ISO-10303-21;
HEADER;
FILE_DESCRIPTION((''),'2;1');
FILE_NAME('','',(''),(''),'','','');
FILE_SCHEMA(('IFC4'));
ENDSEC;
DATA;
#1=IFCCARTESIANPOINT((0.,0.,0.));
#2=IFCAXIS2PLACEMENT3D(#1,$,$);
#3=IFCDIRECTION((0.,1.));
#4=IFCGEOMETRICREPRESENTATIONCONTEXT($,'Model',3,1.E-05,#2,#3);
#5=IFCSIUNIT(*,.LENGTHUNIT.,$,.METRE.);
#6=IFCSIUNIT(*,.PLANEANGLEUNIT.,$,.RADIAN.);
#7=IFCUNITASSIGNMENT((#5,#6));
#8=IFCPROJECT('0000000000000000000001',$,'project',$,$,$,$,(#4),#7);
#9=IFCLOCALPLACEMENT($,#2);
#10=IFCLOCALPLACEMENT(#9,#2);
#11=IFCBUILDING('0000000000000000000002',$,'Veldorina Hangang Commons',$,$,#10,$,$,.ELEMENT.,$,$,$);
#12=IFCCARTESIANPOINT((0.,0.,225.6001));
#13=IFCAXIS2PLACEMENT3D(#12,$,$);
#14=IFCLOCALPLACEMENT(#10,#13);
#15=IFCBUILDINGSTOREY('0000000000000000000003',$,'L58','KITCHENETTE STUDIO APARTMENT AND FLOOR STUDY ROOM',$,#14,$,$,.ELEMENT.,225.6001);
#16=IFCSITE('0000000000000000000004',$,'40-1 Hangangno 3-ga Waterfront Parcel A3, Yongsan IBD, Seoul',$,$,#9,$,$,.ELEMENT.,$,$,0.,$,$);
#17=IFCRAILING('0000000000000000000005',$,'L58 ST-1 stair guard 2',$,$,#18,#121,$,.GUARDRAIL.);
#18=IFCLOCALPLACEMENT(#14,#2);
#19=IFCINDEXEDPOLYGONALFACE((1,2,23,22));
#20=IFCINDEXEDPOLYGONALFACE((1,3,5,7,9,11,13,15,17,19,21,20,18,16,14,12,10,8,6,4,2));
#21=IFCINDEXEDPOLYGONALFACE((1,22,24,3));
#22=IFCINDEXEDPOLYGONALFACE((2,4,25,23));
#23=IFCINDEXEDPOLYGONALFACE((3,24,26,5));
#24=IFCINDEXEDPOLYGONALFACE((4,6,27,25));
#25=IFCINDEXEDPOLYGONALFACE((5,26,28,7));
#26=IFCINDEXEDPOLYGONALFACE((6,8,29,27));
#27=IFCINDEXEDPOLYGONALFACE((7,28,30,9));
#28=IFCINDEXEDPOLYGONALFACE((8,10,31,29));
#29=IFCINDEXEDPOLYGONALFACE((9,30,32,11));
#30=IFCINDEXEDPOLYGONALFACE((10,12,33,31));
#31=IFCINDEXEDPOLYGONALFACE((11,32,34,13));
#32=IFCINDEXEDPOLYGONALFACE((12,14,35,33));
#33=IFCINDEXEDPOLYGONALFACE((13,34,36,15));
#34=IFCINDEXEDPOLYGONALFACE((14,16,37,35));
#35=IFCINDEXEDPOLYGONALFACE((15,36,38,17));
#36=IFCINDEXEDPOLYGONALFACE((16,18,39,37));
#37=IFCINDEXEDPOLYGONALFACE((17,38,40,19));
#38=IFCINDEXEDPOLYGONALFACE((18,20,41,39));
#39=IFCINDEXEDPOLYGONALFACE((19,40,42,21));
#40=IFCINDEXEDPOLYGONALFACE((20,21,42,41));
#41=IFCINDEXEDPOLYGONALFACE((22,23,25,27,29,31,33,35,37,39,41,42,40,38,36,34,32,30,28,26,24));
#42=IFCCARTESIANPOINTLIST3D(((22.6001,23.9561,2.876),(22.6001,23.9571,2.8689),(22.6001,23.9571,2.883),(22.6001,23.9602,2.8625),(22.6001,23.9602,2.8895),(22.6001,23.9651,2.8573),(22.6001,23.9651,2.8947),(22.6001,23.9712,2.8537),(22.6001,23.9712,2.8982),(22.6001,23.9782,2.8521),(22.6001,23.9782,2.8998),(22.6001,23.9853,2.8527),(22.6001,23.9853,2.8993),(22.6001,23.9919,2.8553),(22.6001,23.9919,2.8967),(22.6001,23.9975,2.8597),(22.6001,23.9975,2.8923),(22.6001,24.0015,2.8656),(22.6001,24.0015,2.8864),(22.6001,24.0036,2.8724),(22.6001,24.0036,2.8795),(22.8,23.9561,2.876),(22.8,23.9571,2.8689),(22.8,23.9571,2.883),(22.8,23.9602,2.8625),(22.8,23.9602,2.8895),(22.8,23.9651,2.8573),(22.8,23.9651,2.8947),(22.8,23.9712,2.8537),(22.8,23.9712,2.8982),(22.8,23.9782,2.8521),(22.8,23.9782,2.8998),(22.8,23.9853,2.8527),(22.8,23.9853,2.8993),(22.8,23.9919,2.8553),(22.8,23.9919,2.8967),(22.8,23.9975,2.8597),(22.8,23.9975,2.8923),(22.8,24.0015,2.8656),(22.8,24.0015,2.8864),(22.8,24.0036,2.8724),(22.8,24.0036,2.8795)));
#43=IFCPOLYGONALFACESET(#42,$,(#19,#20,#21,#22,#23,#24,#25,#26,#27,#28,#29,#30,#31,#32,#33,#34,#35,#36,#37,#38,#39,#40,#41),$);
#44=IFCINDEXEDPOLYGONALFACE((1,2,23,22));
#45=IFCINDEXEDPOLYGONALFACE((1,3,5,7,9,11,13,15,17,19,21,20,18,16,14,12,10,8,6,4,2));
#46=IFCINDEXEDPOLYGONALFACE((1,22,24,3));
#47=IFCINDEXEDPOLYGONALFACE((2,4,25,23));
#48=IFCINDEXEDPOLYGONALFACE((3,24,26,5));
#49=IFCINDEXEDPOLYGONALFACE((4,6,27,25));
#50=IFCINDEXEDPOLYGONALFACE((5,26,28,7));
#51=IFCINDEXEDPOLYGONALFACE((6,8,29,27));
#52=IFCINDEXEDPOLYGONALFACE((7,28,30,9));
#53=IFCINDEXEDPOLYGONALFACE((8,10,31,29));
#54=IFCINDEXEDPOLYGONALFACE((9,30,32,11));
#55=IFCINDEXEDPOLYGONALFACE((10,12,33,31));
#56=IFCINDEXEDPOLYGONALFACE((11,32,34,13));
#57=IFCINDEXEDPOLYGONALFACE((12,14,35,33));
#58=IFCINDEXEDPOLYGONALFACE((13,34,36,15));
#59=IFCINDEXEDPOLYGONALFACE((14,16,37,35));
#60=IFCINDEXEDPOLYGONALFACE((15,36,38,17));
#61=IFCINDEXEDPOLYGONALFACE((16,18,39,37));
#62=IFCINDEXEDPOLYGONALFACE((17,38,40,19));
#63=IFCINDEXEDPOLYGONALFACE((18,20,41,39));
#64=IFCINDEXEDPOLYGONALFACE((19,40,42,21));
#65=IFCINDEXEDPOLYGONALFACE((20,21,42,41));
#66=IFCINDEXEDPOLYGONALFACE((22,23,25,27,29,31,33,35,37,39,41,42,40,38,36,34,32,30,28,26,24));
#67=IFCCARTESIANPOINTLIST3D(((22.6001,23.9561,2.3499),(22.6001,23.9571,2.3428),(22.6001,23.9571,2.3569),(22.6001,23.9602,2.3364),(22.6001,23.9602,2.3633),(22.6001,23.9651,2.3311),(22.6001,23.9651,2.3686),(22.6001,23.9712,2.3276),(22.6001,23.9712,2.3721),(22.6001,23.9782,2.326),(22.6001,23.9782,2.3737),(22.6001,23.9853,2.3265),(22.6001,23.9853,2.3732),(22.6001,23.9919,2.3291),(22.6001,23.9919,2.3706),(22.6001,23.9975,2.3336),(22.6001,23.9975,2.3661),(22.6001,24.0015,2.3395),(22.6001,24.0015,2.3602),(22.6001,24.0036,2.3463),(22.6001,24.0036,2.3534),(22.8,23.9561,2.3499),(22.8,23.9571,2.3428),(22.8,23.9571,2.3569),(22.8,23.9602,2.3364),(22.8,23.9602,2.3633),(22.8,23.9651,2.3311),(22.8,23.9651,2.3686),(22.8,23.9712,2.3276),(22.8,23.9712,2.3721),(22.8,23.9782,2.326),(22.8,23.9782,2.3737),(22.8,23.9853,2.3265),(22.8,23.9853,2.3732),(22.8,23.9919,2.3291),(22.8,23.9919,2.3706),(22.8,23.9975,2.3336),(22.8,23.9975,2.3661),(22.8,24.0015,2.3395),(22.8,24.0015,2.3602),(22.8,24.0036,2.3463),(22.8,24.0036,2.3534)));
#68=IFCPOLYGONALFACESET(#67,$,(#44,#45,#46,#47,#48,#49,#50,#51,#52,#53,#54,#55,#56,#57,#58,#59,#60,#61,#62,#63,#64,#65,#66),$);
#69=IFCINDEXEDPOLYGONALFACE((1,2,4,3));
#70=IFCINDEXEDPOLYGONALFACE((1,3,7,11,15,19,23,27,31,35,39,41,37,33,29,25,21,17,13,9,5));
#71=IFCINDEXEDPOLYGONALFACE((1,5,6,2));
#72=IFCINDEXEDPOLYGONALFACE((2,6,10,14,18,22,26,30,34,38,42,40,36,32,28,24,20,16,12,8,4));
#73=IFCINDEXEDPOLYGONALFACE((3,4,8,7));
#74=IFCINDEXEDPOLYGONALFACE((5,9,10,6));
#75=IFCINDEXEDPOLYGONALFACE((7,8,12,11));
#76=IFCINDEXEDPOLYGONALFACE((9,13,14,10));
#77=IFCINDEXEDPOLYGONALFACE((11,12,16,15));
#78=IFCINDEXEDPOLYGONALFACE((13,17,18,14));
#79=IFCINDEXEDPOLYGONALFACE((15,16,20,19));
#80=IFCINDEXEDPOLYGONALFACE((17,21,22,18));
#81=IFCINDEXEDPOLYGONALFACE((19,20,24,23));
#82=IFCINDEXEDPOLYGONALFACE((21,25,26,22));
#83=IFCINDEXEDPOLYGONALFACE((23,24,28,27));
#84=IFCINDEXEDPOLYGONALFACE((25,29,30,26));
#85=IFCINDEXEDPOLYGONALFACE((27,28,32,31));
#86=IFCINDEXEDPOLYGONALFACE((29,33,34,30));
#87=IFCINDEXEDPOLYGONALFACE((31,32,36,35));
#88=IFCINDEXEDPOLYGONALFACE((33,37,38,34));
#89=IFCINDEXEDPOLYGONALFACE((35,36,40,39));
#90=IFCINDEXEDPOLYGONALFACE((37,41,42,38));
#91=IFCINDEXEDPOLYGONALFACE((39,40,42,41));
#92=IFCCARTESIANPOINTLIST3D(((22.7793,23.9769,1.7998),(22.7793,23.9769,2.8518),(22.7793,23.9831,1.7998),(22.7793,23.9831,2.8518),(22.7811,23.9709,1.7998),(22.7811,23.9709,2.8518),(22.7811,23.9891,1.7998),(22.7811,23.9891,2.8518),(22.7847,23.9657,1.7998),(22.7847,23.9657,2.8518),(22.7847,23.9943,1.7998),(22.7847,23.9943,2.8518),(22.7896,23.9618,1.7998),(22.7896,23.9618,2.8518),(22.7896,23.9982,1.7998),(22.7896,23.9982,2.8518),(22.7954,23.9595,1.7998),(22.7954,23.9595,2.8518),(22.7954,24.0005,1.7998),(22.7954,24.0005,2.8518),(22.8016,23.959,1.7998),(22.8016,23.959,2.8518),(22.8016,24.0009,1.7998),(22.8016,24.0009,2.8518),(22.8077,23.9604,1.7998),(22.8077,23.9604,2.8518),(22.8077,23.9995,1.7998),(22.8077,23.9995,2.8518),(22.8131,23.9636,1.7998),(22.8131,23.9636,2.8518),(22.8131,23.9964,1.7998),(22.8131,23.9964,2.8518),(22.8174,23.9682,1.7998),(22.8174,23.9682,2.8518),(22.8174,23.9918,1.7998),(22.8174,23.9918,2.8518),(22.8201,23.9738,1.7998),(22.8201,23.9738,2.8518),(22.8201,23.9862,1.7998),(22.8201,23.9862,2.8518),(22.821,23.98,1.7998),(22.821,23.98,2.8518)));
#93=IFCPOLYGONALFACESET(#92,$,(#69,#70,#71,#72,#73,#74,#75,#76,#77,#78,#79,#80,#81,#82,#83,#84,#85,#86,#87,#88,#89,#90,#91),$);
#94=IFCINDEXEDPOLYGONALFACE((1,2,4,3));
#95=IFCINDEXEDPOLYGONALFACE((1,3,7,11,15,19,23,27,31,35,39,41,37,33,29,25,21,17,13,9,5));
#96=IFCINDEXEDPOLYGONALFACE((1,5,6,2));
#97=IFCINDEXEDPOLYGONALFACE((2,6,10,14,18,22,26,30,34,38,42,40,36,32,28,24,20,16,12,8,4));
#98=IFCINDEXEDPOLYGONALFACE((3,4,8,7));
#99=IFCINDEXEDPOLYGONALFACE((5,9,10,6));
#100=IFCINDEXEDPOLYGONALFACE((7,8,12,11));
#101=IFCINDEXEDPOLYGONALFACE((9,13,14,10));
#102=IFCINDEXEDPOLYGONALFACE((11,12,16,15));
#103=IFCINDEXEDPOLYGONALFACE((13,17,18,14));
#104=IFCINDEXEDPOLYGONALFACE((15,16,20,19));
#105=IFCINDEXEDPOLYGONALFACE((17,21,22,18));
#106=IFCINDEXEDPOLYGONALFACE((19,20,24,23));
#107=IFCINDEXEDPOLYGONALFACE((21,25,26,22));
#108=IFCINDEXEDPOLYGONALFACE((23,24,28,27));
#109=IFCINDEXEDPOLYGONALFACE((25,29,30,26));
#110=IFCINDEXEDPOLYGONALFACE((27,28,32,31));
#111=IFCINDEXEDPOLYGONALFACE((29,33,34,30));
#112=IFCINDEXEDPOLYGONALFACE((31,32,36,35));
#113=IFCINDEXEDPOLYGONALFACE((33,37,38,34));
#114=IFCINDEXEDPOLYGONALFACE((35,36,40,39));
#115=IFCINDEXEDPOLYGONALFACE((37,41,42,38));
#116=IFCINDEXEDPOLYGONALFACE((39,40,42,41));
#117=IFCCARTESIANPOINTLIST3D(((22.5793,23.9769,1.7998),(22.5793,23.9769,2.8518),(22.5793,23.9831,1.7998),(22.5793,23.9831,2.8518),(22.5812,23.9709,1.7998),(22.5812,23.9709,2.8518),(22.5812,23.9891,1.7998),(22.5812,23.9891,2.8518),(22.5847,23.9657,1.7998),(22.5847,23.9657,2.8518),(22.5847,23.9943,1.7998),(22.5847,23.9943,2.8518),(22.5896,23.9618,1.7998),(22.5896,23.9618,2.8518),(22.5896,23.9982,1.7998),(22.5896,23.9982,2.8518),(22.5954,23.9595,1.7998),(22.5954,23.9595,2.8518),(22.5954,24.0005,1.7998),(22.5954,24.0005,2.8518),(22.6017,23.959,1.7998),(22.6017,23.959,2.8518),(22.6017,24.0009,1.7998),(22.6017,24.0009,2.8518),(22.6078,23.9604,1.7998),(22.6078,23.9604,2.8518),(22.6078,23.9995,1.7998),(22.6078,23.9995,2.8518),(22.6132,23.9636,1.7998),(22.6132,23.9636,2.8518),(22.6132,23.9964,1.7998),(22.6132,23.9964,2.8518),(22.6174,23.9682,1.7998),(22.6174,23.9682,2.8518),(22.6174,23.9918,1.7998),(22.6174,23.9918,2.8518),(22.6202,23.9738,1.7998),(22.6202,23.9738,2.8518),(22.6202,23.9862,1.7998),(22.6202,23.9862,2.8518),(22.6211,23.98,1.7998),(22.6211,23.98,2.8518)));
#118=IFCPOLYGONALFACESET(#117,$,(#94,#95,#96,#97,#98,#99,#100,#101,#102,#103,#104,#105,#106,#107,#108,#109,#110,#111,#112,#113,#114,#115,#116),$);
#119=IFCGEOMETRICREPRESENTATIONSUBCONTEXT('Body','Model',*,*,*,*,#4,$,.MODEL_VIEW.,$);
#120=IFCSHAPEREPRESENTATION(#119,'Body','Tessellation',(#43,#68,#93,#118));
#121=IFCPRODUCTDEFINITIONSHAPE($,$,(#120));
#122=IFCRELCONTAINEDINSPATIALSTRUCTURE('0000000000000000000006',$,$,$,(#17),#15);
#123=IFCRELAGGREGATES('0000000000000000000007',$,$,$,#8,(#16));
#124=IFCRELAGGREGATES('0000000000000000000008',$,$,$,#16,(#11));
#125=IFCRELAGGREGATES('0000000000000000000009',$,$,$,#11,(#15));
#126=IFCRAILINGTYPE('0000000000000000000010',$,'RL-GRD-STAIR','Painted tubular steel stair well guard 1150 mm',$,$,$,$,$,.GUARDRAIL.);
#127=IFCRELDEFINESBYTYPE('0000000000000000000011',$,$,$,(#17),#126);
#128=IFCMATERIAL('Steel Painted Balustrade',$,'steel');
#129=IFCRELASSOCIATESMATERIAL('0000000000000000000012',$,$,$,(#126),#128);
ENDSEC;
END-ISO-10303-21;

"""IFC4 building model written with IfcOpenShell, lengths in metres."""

from ifc_helpers import new_model, si_unit, direction, frame, origin, origin_2d, place, context, subcontext, project, spatial, circle, extrude, material, type_object, element, save


model = new_model("IFC4")

# Units and contexts
model_context = context("Model", 3, precision=1e-05, world=origin(), true_north=direction((0.0, 1.0)))
body_context = subcontext(model_context, "Body", "Model", "MODEL_VIEW")
ifc_project = project(units=[si_unit("LENGTHUNIT", "METRE"), si_unit("PLANEANGLEUNIT", "RADIAN")], contexts=[model_context])

# Site, building, storey
site_placement = place(None, origin())
site = spatial("IfcSite", under=ifc_project, at=site_placement, Name="40-1 Hangangno 3-ga Waterfront Parcel A3, Yongsan IBD, Seoul", CompositionType="ELEMENT", RefElevation=0.0)
building_placement = place(site_placement, origin())
building = spatial("IfcBuilding", under=site, at=building_placement, Name="Veldorina Hangang Commons", CompositionType="ELEMENT")
storey_placement = place(building_placement, frame((0.0, 0.0, 225.6001)))
storey = spatial("IfcBuildingStorey", under=building, at=storey_placement, Name="L58", Description="KITCHENETTE STUDIO APARTMENT AND FLOOR STUDY ROOM", CompositionType="ELEMENT", Elevation=225.6001)

# Railing
ifc_material_1 = material(Name="Steel Painted Balustrade", Category="steel")
railing_type_1 = type_object("IfcRailingType", Name="RL-GRD-STAIR", Description="Painted tubular steel stair well guard 1150 mm", PredefinedType="GUARDRAIL", material=ifc_material_1)
railing_1_placement = place(storey_placement, frame((22.8, 23.98, 1.7998)))
element("IfcRailing", 1, at=railing_1_placement, inside=storey, type_object=railing_type_1, Name="L58 ST-1 stair guard 2", PredefinedType="GUARDRAIL", context=body_context, shape_type="SweptSolid", body=[
    extrude(circle(Radius=0.0239, at=origin_2d()), frame((0.0, 0.0, 1.0762), z_axis=(-1.0, 0.0, 0.0), x_axis=(0.0, -1.0, 0.0)), (0.0, 0.0, 1.0), 0.2),
    extrude(circle(Radius=0.0239, at=origin_2d()), frame((0.0, 0.0, 0.55), z_axis=(-1.0, 0.0, 0.0), x_axis=(0.0, -1.0, 0.0)), (0.0, 0.0, 1.0), 0.2),
    extrude(circle(Radius=0.021, at=origin_2d()), origin(), (0.0, 0.0, 1.0), 1.052),
    extrude(circle(Radius=0.021, at=origin_2d()), frame((-0.2, 0.0, 0.0)), (0.0, 0.0, 1.0), 1.052),
])

save(model, "model.ifc")
